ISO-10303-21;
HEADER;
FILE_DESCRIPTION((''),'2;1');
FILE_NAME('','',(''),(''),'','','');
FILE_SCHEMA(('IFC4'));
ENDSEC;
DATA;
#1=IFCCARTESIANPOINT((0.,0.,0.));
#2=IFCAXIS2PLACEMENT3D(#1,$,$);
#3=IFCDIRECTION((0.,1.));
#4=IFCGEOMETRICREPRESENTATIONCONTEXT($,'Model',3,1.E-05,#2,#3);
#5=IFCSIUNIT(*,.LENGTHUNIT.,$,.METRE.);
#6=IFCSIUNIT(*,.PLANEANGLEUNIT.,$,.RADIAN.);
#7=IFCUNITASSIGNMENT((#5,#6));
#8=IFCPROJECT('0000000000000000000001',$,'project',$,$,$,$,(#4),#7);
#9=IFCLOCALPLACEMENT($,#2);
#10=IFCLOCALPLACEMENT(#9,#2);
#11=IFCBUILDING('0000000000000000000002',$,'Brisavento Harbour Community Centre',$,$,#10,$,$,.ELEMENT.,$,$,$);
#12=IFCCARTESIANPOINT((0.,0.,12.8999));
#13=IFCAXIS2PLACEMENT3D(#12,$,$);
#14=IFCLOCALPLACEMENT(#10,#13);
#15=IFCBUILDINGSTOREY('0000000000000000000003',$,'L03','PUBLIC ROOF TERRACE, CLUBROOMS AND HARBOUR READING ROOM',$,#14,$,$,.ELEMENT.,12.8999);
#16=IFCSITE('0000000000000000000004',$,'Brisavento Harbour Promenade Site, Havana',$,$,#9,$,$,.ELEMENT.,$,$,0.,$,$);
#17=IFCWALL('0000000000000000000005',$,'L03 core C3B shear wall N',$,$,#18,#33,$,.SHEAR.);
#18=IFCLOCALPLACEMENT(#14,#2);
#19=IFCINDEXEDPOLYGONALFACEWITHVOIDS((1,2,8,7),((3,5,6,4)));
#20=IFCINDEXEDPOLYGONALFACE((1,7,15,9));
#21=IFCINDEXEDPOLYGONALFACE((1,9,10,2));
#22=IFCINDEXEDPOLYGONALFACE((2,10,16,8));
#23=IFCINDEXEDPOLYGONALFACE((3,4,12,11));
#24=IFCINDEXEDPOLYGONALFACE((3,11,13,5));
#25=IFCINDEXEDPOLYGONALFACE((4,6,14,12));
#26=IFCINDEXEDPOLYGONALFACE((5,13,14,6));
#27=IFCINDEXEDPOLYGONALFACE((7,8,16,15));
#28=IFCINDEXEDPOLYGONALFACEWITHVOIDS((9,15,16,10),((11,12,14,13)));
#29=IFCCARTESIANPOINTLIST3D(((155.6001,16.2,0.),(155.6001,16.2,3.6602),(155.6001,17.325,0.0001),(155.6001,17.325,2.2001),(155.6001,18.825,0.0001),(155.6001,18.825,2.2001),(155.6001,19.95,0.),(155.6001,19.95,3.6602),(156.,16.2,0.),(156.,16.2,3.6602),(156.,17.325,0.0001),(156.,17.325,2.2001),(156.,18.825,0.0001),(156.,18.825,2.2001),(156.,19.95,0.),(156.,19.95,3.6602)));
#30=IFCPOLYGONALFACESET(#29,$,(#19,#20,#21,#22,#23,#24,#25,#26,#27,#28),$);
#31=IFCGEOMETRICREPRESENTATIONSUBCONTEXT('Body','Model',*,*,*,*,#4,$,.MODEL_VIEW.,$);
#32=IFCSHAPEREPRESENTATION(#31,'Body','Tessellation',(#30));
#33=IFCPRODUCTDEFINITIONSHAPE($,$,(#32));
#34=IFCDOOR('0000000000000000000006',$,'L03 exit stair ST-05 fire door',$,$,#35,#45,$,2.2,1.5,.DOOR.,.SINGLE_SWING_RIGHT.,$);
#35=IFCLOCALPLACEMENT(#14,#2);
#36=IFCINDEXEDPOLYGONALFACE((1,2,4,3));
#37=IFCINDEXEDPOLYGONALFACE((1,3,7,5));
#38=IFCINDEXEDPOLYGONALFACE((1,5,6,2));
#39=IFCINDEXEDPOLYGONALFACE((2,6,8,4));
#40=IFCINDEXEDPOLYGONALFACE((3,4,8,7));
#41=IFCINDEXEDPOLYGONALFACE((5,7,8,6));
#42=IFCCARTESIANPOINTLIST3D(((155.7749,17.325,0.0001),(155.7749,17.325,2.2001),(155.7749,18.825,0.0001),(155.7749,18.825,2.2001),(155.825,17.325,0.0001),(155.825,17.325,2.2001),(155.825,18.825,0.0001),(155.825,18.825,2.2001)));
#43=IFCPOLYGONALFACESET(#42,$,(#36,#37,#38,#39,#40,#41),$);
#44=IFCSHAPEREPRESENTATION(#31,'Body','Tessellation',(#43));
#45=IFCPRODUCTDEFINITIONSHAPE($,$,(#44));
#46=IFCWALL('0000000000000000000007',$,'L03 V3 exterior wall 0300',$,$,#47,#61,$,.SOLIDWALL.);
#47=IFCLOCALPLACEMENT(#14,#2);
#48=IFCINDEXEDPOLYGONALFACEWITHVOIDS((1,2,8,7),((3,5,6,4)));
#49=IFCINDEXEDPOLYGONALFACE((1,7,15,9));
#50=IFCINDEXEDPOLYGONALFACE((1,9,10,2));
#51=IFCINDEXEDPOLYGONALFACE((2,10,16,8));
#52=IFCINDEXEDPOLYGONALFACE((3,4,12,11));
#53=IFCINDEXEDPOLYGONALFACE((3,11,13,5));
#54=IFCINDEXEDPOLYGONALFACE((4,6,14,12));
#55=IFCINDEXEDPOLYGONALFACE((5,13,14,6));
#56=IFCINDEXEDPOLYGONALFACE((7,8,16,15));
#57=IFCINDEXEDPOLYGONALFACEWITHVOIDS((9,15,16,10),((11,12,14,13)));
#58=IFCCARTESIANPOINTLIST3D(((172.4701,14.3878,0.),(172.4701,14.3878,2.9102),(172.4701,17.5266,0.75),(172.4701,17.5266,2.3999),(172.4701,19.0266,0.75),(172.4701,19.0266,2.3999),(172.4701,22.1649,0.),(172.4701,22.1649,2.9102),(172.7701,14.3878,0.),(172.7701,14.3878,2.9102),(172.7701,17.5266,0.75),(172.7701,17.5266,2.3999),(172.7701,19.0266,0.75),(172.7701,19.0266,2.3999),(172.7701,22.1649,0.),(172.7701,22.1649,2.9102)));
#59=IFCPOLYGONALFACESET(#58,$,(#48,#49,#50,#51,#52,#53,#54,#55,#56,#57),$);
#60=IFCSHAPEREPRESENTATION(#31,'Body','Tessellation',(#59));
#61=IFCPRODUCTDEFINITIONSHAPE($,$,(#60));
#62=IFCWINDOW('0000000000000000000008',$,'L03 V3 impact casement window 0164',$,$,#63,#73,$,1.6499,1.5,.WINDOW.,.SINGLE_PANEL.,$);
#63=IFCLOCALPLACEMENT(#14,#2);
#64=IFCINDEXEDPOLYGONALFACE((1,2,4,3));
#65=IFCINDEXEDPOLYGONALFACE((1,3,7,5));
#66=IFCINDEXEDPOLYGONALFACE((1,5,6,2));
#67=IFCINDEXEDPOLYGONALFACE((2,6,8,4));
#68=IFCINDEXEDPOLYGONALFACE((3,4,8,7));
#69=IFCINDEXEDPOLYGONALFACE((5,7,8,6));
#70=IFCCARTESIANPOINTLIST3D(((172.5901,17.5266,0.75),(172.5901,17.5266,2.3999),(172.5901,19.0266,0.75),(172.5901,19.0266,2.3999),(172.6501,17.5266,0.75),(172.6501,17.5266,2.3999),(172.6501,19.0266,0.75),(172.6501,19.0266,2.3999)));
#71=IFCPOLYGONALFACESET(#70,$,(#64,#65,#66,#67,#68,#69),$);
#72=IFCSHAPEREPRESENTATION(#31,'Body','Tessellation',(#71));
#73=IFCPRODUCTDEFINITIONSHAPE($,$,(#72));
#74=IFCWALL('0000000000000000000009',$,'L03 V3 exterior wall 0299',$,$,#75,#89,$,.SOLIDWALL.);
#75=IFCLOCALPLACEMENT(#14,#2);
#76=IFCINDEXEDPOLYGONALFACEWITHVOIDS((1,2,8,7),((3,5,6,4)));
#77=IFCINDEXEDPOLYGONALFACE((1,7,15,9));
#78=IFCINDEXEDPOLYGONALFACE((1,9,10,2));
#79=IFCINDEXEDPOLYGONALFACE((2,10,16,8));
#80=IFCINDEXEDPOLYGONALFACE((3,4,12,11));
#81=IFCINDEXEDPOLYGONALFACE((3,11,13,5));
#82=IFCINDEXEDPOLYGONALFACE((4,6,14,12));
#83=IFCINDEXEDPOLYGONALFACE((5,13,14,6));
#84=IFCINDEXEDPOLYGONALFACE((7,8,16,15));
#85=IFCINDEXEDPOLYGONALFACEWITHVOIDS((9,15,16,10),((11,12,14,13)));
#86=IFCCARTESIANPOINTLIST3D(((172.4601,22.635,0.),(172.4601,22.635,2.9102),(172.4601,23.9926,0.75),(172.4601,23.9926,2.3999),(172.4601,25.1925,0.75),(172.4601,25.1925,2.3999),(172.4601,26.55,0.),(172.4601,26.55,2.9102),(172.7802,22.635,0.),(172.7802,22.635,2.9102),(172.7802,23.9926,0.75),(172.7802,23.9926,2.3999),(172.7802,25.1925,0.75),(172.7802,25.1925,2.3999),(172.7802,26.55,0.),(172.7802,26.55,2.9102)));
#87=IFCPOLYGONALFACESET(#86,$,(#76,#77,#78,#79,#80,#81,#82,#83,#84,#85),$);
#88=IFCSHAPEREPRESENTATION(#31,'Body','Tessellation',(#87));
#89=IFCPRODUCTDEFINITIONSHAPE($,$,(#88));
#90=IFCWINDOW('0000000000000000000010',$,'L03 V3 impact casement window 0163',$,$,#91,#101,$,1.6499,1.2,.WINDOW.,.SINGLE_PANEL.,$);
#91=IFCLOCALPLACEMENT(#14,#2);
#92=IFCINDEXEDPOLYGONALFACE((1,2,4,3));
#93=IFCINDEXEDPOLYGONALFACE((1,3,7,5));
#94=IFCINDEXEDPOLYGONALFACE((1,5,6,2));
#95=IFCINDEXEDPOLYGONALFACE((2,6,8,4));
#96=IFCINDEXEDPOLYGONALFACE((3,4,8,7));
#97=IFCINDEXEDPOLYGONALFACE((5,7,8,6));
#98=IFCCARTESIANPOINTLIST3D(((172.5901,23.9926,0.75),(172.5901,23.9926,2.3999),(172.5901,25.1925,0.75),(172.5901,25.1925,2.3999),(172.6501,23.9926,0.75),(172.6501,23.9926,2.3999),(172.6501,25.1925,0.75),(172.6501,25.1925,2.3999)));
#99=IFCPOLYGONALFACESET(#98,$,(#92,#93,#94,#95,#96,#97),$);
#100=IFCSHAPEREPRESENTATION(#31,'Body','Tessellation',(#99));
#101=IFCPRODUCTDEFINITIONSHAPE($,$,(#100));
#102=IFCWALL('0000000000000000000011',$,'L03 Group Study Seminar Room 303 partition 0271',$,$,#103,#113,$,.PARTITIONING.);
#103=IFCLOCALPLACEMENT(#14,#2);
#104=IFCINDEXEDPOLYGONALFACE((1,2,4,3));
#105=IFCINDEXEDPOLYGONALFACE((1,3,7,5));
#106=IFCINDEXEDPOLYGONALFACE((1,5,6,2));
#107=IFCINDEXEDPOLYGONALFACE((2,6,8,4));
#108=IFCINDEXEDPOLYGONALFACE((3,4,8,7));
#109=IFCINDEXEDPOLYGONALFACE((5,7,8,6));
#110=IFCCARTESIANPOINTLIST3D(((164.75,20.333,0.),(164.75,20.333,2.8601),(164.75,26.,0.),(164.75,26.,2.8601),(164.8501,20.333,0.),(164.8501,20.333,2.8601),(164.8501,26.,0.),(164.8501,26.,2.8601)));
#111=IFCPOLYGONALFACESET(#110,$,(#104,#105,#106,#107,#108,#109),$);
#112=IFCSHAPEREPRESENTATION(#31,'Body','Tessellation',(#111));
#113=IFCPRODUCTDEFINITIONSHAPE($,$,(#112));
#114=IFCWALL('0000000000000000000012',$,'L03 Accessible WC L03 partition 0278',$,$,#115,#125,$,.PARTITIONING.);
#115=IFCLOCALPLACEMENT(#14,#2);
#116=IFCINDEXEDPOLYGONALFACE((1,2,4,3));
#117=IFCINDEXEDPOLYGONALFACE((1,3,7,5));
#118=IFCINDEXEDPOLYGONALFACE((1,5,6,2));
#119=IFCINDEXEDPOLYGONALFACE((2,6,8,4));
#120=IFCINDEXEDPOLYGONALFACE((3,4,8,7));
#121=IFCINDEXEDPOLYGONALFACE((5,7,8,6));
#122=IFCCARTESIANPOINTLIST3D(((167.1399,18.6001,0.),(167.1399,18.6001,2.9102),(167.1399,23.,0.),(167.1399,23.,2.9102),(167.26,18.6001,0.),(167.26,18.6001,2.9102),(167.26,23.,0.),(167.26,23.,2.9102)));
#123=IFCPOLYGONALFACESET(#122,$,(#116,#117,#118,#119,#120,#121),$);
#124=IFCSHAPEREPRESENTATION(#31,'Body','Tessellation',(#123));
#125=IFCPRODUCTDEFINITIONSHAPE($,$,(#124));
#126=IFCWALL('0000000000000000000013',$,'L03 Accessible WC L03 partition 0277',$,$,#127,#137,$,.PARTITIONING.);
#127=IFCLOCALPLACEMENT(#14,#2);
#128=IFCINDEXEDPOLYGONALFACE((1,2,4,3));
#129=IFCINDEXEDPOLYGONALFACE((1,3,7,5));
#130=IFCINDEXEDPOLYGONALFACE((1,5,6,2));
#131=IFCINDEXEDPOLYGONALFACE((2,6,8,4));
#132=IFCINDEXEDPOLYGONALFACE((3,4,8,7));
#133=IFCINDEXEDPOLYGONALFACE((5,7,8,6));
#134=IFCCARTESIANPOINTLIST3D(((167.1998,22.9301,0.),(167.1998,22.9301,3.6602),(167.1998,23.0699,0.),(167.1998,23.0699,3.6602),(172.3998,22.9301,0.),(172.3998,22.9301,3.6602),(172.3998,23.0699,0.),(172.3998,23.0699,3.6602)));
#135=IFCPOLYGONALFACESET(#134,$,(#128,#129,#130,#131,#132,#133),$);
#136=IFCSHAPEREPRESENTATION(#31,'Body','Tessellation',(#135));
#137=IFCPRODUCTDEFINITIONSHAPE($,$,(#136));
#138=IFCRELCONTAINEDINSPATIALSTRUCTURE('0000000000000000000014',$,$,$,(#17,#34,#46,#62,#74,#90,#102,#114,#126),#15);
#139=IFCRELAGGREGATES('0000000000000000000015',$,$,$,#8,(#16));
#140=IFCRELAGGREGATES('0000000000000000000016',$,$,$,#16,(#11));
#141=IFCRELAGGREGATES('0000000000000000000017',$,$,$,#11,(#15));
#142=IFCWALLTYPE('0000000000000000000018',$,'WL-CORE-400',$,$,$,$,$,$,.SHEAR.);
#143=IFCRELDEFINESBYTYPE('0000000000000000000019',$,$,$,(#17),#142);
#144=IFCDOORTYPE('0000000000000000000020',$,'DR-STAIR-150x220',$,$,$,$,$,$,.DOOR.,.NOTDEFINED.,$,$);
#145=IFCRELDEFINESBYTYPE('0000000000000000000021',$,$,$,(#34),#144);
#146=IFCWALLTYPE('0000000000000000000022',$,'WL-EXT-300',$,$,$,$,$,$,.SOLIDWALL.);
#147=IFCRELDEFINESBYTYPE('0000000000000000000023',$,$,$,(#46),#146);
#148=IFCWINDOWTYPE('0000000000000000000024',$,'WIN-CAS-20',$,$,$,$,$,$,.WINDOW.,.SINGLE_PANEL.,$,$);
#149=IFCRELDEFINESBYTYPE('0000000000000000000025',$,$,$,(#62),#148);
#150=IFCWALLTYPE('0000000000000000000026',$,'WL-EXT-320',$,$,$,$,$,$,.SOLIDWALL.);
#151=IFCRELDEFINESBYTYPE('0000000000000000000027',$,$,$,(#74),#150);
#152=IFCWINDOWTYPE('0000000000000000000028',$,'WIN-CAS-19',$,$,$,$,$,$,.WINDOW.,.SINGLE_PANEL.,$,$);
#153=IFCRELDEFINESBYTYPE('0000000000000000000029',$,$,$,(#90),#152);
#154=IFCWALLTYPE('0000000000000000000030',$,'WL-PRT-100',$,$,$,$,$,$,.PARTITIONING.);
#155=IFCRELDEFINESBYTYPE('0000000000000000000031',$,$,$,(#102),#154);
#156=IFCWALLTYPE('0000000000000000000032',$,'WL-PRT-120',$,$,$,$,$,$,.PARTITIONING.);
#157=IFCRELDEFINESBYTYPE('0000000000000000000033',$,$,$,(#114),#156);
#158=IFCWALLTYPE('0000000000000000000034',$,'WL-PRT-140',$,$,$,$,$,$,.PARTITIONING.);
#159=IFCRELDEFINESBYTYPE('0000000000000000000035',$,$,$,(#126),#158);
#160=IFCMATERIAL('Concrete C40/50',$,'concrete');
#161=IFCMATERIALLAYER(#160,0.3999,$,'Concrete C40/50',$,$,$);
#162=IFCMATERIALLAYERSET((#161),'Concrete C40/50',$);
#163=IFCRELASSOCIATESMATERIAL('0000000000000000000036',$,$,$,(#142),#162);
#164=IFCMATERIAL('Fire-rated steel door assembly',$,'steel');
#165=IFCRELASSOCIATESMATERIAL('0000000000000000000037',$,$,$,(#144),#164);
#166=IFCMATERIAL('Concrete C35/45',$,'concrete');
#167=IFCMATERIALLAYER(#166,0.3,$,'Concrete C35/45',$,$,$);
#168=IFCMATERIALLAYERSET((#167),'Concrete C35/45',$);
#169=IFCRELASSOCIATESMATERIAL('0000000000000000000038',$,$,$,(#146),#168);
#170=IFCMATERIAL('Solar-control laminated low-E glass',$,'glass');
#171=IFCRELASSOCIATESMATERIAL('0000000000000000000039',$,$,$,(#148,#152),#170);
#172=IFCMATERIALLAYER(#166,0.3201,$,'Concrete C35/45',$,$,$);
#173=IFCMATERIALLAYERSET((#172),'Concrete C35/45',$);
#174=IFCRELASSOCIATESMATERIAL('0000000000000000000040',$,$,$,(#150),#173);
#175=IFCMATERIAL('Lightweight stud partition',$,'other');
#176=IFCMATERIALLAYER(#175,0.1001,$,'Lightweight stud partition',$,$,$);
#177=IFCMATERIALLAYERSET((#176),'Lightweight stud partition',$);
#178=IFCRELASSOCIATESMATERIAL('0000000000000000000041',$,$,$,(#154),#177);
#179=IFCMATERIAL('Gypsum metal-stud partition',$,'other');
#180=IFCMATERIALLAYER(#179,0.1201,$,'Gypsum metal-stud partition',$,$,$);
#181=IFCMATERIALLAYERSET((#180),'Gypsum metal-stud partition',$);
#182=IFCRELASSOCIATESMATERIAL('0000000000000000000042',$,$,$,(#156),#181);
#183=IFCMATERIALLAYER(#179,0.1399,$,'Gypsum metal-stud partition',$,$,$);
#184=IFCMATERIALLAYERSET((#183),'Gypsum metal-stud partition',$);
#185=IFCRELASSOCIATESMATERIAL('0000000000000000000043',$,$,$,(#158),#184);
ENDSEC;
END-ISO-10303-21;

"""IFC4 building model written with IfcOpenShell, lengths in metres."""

from ifc_helpers import new_model, si_unit, direction, frame, frame_2d, origin, place, context, subcontext, project, spatial, rectangle, extrude, material, layer, layer_set, type_object, element, fill, save


model = new_model("IFC4")

# Units and contexts
model_context = context("Model", 3, precision=1e-05, world=origin(), true_north=direction((0.0, 1.0)))
body_context = subcontext(model_context, "Body", "Model", "MODEL_VIEW")
ifc_project = project(units=[si_unit("LENGTHUNIT", "METRE"), si_unit("PLANEANGLEUNIT", "RADIAN")], contexts=[model_context])

# Site, building, storey
site_placement = place(None, origin())
site = spatial("IfcSite", under=ifc_project, at=site_placement, Name="Brisavento Harbour Promenade Site, Havana", CompositionType="ELEMENT", RefElevation=0.0)
building_placement = place(site_placement, origin())
building = spatial("IfcBuilding", under=site, at=building_placement, Name="Brisavento Harbour Community Centre", CompositionType="ELEMENT")
storey_placement = place(building_placement, frame((0.0, 0.0, 12.8999)))
storey = spatial("IfcBuildingStorey", under=building, at=storey_placement, Name="L03", Description="PUBLIC ROOF TERRACE, CLUBROOMS AND HARBOUR READING ROOM", CompositionType="ELEMENT", Elevation=12.8999)

# Shared definitions
ifc_material_1 = material(Name="Concrete C35/45", Category="concrete")

# Shared definitions
ifc_material_2 = material(Name="Concrete C40/50", Category="concrete")
ifc_layer_1 = layer(ifc_material_2, 0.3999, Name="Concrete C40/50")
ifc_layer_set_1 = layer_set([ifc_layer_1], Name="Concrete C40/50")
wall_type_1 = type_object("IfcWallType", Name="WL-CORE-400", PredefinedType="SHEAR", material=ifc_layer_set_1)

# Wall, opening, door
wall_1_placement = place(storey_placement, frame((155.8, 19.95, 0.0), z_axis=(0.0, 0.0, 1.0), x_axis=(0.0, -1.0, 0.0)))
wall_1 = element("IfcWall", 1, at=wall_1_placement, inside=storey, type_object=wall_type_1, Name="L03 core C3B shear wall N", PredefinedType="SHEAR", context=body_context, shape_type="SweptSolid", body=[
    extrude(rectangle(XDim=3.75, YDim=0.3999, at=frame_2d((1.875, 0.0))), origin(), (0.0, 0.0, 1.0), 3.6602),
])
opening_1_placement = place(wall_1_placement, frame((1.125, 0.0, 0.0)))
opening_1 = element("IfcOpeningElement", 2, at=opening_1_placement, cuts=wall_1, PredefinedType="OPENING", context=body_context, shape_type="SweptSolid", body=[
    extrude(rectangle(XDim=1.5, YDim=2.2, at=frame_2d((0.75, 1.1001))), frame((0.0, 0.21, 0.0), z_axis=(0.0, -1.0, 0.0), x_axis=(1.0, 0.0, 0.0)), (0.0, 0.0, 1.0), 0.4199),
])
ifc_material_3 = material(Name="Fire-rated steel door assembly", Category="steel")
door_type_1 = type_object("IfcDoorType", Name="DR-STAIR-150x220", OperationType="NOTDEFINED", PredefinedType="DOOR", material=ifc_material_3)
door_1_placement = place(opening_1_placement, origin())
door_1 = element("IfcDoor", 3, at=door_1_placement, inside=storey, type_object=door_type_1, Name="L03 exit stair ST-05 fire door", OperationType="SINGLE_SWING_RIGHT", OverallHeight=2.2, OverallWidth=1.5, PredefinedType="DOOR", context=body_context, shape_type="SweptSolid", body=[
    extrude(rectangle(XDim=1.5, YDim=2.2, at=frame_2d((0.75, 1.1001))), frame((0.0, 0.0249, 0.0), z_axis=(0.0, -1.0, 0.0), x_axis=(1.0, 0.0, 0.0)), (0.0, 0.0, 1.0), 0.05),
])
fill(opening_1, door_1)

# Walls, openings, windows
ifc_layer_2 = layer(ifc_material_1, 0.3, Name="Concrete C35/45")
ifc_layer_set_2 = layer_set([ifc_layer_2], Name="Concrete C35/45")
wall_type_2 = type_object("IfcWallType", Name="WL-EXT-300", PredefinedType="SOLIDWALL", material=ifc_layer_set_2)
wall_2_placement = place(storey_placement, frame((172.6201, 22.165, 0.0), z_axis=(0.0, 0.0, 1.0), x_axis=(0.0, -1.0, 0.0)))
wall_2 = element("IfcWall", 4, at=wall_2_placement, inside=storey, type_object=wall_type_2, Name="L03 V3 exterior wall 0300", PredefinedType="SOLIDWALL", context=body_context, shape_type="SweptSolid", body=[
    extrude(rectangle(XDim=7.7771, YDim=0.3, at=frame_2d((3.8887, 0.0))), origin(), (0.0, 0.0, 1.0), 2.9102),
])
opening_2_placement = place(wall_2_placement, frame((3.1384, 0.0, 0.75)))
opening_2 = element("IfcOpeningElement", 5, at=opening_2_placement, cuts=wall_2, PredefinedType="OPENING", context=body_context, shape_type="SweptSolid", body=[
    extrude(rectangle(XDim=1.5, YDim=1.6499, at=frame_2d((0.75, 0.825))), frame((0.0, 0.1602, 0.0), z_axis=(0.0, -1.0, 0.0), x_axis=(1.0, 0.0, 0.0)), (0.0, 0.0, 1.0), 0.3201),
])
ifc_material_4 = material(Name="Solar-control laminated low-E glass", Category="glass")
window_type_1 = type_object("IfcWindowType", Name="WIN-CAS-20", PartitioningType="SINGLE_PANEL", PredefinedType="WINDOW", material=ifc_material_4)
window_1_placement = place(opening_2_placement, origin())
window_1 = element("IfcWindow", 6, at=window_1_placement, inside=storey, type_object=window_type_1, Name="L03 V3 impact casement window 0164", OverallHeight=1.6499, OverallWidth=1.5, PartitioningType="SINGLE_PANEL", PredefinedType="WINDOW", context=body_context, shape_type="SweptSolid", body=[
    extrude(rectangle(XDim=1.5, YDim=1.6499, at=frame_2d((0.75, 0.825))), frame((0.0, 0.03, 0.0), z_axis=(0.0, -1.0, 0.0), x_axis=(1.0, 0.0, 0.0)), (0.0, 0.0, 1.0), 0.0601),
])
fill(opening_2, window_1)
ifc_layer_3 = layer(ifc_material_1, 0.3201, Name="Concrete C35/45")
ifc_layer_set_3 = layer_set([ifc_layer_3], Name="Concrete C35/45")
wall_type_3 = type_object("IfcWallType", Name="WL-EXT-320", PredefinedType="SOLIDWALL", material=ifc_layer_set_3)
wall_3_placement = place(storey_placement, frame((172.6201, 26.55, 0.0), z_axis=(0.0, 0.0, 1.0), x_axis=(0.0, -1.0, 0.0)))
wall_3 = element("IfcWall", 7, at=wall_3_placement, inside=storey, type_object=wall_type_3, Name="L03 V3 exterior wall 0299", PredefinedType="SOLIDWALL", context=body_context, shape_type="SweptSolid", body=[
    extrude(rectangle(XDim=3.915, YDim=0.3201, at=frame_2d((1.9575, 0.0))), origin(), (0.0, 0.0, 1.0), 2.9102),
])
opening_3_placement = place(wall_3_placement, frame((1.3574, 0.0, 0.75)))
opening_3 = element("IfcOpeningElement", 8, at=opening_3_placement, cuts=wall_3, PredefinedType="OPENING", context=body_context, shape_type="SweptSolid", body=[
    extrude(rectangle(XDim=1.2, YDim=1.6499, at=frame_2d((0.6001, 0.825))), frame((0.0, 0.1699, 0.0), z_axis=(0.0, -1.0, 0.0), x_axis=(1.0, 0.0, 0.0)), (0.0, 0.0, 1.0), 0.3401),
])
window_type_2 = type_object("IfcWindowType", Name="WIN-CAS-19", PartitioningType="SINGLE_PANEL", PredefinedType="WINDOW", material=ifc_material_4)
window_2_placement = place(opening_3_placement, origin())
window_2 = element("IfcWindow", 9, at=window_2_placement, inside=storey, type_object=window_type_2, Name="L03 V3 impact casement window 0163", OverallHeight=1.6499, OverallWidth=1.2, PartitioningType="SINGLE_PANEL", PredefinedType="WINDOW", context=body_context, shape_type="SweptSolid", body=[
    extrude(rectangle(XDim=1.2, YDim=1.6499, at=frame_2d((0.6001, 0.825))), frame((0.0, 0.03, 0.0), z_axis=(0.0, -1.0, 0.0), x_axis=(1.0, 0.0, 0.0)), (0.0, 0.0, 1.0), 0.0601),
])
fill(opening_3, window_2)

# Walls
ifc_material_5 = material(Name="Lightweight stud partition", Category="other")
ifc_layer_4 = layer(ifc_material_5, 0.1001, Name="Lightweight stud partition")
ifc_layer_set_4 = layer_set([ifc_layer_4], Name="Lightweight stud partition")
wall_type_4 = type_object("IfcWallType", Name="WL-PRT-100", PredefinedType="PARTITIONING", material=ifc_layer_set_4)
wall_4_placement = place(storey_placement, frame((164.8, 20.333, 0.0), z_axis=(0.0, 0.0, 1.0), x_axis=(0.0, 1.0, 0.0)))
element("IfcWall", 10, at=wall_4_placement, inside=storey, type_object=wall_type_4, Name="L03 Group Study Seminar Room 303 partition 0271", PredefinedType="PARTITIONING", context=body_context, shape_type="SweptSolid", body=[
    extrude(rectangle(XDim=5.667, YDim=0.1001, at=frame_2d((2.8335, 0.0))), origin(), (0.0, 0.0, 1.0), 2.8601),
])
ifc_material_6 = material(Name="Gypsum metal-stud partition", Category="other")
ifc_layer_5 = layer(ifc_material_6, 0.1201, Name="Gypsum metal-stud partition")
ifc_layer_set_5 = layer_set([ifc_layer_5], Name="Gypsum metal-stud partition")
wall_type_5 = type_object("IfcWallType", Name="WL-PRT-120", PredefinedType="PARTITIONING", material=ifc_layer_set_5)
wall_5_placement = place(storey_placement, frame((167.2, 23.0, 0.0), z_axis=(0.0, 0.0, 1.0), x_axis=(0.0, -1.0, 0.0)))
element("IfcWall", 11, at=wall_5_placement, inside=storey, type_object=wall_type_5, Name="L03 Accessible WC L03 partition 0278", PredefinedType="PARTITIONING", context=body_context, shape_type="SweptSolid", body=[
    extrude(rectangle(XDim=4.3999, YDim=0.1201, at=frame_2d((2.2, 0.0))), origin(), (0.0, 0.0, 1.0), 2.9102),
])
ifc_layer_6 = layer(ifc_material_6, 0.1399, Name="Gypsum metal-stud partition")
ifc_layer_set_6 = layer_set([ifc_layer_6], Name="Gypsum metal-stud partition")
wall_type_6 = type_object("IfcWallType", Name="WL-PRT-140", PredefinedType="PARTITIONING", material=ifc_layer_set_6)
wall_6_placement = place(storey_placement, frame((172.3999, 23.0, 0.0), z_axis=(0.0, 0.0, 1.0), x_axis=(-1.0, 0.0, 0.0)))
element("IfcWall", 12, at=wall_6_placement, inside=storey, type_object=wall_type_6, Name="L03 Accessible WC L03 partition 0277", PredefinedType="PARTITIONING", context=body_context, shape_type="SweptSolid", body=[
    extrude(rectangle(XDim=5.2, YDim=0.1399, at=frame_2d((2.6001, 0.0))), origin(), (0.0, 0.0, 1.0), 3.6602),
])

save(model, "model.ifc")
